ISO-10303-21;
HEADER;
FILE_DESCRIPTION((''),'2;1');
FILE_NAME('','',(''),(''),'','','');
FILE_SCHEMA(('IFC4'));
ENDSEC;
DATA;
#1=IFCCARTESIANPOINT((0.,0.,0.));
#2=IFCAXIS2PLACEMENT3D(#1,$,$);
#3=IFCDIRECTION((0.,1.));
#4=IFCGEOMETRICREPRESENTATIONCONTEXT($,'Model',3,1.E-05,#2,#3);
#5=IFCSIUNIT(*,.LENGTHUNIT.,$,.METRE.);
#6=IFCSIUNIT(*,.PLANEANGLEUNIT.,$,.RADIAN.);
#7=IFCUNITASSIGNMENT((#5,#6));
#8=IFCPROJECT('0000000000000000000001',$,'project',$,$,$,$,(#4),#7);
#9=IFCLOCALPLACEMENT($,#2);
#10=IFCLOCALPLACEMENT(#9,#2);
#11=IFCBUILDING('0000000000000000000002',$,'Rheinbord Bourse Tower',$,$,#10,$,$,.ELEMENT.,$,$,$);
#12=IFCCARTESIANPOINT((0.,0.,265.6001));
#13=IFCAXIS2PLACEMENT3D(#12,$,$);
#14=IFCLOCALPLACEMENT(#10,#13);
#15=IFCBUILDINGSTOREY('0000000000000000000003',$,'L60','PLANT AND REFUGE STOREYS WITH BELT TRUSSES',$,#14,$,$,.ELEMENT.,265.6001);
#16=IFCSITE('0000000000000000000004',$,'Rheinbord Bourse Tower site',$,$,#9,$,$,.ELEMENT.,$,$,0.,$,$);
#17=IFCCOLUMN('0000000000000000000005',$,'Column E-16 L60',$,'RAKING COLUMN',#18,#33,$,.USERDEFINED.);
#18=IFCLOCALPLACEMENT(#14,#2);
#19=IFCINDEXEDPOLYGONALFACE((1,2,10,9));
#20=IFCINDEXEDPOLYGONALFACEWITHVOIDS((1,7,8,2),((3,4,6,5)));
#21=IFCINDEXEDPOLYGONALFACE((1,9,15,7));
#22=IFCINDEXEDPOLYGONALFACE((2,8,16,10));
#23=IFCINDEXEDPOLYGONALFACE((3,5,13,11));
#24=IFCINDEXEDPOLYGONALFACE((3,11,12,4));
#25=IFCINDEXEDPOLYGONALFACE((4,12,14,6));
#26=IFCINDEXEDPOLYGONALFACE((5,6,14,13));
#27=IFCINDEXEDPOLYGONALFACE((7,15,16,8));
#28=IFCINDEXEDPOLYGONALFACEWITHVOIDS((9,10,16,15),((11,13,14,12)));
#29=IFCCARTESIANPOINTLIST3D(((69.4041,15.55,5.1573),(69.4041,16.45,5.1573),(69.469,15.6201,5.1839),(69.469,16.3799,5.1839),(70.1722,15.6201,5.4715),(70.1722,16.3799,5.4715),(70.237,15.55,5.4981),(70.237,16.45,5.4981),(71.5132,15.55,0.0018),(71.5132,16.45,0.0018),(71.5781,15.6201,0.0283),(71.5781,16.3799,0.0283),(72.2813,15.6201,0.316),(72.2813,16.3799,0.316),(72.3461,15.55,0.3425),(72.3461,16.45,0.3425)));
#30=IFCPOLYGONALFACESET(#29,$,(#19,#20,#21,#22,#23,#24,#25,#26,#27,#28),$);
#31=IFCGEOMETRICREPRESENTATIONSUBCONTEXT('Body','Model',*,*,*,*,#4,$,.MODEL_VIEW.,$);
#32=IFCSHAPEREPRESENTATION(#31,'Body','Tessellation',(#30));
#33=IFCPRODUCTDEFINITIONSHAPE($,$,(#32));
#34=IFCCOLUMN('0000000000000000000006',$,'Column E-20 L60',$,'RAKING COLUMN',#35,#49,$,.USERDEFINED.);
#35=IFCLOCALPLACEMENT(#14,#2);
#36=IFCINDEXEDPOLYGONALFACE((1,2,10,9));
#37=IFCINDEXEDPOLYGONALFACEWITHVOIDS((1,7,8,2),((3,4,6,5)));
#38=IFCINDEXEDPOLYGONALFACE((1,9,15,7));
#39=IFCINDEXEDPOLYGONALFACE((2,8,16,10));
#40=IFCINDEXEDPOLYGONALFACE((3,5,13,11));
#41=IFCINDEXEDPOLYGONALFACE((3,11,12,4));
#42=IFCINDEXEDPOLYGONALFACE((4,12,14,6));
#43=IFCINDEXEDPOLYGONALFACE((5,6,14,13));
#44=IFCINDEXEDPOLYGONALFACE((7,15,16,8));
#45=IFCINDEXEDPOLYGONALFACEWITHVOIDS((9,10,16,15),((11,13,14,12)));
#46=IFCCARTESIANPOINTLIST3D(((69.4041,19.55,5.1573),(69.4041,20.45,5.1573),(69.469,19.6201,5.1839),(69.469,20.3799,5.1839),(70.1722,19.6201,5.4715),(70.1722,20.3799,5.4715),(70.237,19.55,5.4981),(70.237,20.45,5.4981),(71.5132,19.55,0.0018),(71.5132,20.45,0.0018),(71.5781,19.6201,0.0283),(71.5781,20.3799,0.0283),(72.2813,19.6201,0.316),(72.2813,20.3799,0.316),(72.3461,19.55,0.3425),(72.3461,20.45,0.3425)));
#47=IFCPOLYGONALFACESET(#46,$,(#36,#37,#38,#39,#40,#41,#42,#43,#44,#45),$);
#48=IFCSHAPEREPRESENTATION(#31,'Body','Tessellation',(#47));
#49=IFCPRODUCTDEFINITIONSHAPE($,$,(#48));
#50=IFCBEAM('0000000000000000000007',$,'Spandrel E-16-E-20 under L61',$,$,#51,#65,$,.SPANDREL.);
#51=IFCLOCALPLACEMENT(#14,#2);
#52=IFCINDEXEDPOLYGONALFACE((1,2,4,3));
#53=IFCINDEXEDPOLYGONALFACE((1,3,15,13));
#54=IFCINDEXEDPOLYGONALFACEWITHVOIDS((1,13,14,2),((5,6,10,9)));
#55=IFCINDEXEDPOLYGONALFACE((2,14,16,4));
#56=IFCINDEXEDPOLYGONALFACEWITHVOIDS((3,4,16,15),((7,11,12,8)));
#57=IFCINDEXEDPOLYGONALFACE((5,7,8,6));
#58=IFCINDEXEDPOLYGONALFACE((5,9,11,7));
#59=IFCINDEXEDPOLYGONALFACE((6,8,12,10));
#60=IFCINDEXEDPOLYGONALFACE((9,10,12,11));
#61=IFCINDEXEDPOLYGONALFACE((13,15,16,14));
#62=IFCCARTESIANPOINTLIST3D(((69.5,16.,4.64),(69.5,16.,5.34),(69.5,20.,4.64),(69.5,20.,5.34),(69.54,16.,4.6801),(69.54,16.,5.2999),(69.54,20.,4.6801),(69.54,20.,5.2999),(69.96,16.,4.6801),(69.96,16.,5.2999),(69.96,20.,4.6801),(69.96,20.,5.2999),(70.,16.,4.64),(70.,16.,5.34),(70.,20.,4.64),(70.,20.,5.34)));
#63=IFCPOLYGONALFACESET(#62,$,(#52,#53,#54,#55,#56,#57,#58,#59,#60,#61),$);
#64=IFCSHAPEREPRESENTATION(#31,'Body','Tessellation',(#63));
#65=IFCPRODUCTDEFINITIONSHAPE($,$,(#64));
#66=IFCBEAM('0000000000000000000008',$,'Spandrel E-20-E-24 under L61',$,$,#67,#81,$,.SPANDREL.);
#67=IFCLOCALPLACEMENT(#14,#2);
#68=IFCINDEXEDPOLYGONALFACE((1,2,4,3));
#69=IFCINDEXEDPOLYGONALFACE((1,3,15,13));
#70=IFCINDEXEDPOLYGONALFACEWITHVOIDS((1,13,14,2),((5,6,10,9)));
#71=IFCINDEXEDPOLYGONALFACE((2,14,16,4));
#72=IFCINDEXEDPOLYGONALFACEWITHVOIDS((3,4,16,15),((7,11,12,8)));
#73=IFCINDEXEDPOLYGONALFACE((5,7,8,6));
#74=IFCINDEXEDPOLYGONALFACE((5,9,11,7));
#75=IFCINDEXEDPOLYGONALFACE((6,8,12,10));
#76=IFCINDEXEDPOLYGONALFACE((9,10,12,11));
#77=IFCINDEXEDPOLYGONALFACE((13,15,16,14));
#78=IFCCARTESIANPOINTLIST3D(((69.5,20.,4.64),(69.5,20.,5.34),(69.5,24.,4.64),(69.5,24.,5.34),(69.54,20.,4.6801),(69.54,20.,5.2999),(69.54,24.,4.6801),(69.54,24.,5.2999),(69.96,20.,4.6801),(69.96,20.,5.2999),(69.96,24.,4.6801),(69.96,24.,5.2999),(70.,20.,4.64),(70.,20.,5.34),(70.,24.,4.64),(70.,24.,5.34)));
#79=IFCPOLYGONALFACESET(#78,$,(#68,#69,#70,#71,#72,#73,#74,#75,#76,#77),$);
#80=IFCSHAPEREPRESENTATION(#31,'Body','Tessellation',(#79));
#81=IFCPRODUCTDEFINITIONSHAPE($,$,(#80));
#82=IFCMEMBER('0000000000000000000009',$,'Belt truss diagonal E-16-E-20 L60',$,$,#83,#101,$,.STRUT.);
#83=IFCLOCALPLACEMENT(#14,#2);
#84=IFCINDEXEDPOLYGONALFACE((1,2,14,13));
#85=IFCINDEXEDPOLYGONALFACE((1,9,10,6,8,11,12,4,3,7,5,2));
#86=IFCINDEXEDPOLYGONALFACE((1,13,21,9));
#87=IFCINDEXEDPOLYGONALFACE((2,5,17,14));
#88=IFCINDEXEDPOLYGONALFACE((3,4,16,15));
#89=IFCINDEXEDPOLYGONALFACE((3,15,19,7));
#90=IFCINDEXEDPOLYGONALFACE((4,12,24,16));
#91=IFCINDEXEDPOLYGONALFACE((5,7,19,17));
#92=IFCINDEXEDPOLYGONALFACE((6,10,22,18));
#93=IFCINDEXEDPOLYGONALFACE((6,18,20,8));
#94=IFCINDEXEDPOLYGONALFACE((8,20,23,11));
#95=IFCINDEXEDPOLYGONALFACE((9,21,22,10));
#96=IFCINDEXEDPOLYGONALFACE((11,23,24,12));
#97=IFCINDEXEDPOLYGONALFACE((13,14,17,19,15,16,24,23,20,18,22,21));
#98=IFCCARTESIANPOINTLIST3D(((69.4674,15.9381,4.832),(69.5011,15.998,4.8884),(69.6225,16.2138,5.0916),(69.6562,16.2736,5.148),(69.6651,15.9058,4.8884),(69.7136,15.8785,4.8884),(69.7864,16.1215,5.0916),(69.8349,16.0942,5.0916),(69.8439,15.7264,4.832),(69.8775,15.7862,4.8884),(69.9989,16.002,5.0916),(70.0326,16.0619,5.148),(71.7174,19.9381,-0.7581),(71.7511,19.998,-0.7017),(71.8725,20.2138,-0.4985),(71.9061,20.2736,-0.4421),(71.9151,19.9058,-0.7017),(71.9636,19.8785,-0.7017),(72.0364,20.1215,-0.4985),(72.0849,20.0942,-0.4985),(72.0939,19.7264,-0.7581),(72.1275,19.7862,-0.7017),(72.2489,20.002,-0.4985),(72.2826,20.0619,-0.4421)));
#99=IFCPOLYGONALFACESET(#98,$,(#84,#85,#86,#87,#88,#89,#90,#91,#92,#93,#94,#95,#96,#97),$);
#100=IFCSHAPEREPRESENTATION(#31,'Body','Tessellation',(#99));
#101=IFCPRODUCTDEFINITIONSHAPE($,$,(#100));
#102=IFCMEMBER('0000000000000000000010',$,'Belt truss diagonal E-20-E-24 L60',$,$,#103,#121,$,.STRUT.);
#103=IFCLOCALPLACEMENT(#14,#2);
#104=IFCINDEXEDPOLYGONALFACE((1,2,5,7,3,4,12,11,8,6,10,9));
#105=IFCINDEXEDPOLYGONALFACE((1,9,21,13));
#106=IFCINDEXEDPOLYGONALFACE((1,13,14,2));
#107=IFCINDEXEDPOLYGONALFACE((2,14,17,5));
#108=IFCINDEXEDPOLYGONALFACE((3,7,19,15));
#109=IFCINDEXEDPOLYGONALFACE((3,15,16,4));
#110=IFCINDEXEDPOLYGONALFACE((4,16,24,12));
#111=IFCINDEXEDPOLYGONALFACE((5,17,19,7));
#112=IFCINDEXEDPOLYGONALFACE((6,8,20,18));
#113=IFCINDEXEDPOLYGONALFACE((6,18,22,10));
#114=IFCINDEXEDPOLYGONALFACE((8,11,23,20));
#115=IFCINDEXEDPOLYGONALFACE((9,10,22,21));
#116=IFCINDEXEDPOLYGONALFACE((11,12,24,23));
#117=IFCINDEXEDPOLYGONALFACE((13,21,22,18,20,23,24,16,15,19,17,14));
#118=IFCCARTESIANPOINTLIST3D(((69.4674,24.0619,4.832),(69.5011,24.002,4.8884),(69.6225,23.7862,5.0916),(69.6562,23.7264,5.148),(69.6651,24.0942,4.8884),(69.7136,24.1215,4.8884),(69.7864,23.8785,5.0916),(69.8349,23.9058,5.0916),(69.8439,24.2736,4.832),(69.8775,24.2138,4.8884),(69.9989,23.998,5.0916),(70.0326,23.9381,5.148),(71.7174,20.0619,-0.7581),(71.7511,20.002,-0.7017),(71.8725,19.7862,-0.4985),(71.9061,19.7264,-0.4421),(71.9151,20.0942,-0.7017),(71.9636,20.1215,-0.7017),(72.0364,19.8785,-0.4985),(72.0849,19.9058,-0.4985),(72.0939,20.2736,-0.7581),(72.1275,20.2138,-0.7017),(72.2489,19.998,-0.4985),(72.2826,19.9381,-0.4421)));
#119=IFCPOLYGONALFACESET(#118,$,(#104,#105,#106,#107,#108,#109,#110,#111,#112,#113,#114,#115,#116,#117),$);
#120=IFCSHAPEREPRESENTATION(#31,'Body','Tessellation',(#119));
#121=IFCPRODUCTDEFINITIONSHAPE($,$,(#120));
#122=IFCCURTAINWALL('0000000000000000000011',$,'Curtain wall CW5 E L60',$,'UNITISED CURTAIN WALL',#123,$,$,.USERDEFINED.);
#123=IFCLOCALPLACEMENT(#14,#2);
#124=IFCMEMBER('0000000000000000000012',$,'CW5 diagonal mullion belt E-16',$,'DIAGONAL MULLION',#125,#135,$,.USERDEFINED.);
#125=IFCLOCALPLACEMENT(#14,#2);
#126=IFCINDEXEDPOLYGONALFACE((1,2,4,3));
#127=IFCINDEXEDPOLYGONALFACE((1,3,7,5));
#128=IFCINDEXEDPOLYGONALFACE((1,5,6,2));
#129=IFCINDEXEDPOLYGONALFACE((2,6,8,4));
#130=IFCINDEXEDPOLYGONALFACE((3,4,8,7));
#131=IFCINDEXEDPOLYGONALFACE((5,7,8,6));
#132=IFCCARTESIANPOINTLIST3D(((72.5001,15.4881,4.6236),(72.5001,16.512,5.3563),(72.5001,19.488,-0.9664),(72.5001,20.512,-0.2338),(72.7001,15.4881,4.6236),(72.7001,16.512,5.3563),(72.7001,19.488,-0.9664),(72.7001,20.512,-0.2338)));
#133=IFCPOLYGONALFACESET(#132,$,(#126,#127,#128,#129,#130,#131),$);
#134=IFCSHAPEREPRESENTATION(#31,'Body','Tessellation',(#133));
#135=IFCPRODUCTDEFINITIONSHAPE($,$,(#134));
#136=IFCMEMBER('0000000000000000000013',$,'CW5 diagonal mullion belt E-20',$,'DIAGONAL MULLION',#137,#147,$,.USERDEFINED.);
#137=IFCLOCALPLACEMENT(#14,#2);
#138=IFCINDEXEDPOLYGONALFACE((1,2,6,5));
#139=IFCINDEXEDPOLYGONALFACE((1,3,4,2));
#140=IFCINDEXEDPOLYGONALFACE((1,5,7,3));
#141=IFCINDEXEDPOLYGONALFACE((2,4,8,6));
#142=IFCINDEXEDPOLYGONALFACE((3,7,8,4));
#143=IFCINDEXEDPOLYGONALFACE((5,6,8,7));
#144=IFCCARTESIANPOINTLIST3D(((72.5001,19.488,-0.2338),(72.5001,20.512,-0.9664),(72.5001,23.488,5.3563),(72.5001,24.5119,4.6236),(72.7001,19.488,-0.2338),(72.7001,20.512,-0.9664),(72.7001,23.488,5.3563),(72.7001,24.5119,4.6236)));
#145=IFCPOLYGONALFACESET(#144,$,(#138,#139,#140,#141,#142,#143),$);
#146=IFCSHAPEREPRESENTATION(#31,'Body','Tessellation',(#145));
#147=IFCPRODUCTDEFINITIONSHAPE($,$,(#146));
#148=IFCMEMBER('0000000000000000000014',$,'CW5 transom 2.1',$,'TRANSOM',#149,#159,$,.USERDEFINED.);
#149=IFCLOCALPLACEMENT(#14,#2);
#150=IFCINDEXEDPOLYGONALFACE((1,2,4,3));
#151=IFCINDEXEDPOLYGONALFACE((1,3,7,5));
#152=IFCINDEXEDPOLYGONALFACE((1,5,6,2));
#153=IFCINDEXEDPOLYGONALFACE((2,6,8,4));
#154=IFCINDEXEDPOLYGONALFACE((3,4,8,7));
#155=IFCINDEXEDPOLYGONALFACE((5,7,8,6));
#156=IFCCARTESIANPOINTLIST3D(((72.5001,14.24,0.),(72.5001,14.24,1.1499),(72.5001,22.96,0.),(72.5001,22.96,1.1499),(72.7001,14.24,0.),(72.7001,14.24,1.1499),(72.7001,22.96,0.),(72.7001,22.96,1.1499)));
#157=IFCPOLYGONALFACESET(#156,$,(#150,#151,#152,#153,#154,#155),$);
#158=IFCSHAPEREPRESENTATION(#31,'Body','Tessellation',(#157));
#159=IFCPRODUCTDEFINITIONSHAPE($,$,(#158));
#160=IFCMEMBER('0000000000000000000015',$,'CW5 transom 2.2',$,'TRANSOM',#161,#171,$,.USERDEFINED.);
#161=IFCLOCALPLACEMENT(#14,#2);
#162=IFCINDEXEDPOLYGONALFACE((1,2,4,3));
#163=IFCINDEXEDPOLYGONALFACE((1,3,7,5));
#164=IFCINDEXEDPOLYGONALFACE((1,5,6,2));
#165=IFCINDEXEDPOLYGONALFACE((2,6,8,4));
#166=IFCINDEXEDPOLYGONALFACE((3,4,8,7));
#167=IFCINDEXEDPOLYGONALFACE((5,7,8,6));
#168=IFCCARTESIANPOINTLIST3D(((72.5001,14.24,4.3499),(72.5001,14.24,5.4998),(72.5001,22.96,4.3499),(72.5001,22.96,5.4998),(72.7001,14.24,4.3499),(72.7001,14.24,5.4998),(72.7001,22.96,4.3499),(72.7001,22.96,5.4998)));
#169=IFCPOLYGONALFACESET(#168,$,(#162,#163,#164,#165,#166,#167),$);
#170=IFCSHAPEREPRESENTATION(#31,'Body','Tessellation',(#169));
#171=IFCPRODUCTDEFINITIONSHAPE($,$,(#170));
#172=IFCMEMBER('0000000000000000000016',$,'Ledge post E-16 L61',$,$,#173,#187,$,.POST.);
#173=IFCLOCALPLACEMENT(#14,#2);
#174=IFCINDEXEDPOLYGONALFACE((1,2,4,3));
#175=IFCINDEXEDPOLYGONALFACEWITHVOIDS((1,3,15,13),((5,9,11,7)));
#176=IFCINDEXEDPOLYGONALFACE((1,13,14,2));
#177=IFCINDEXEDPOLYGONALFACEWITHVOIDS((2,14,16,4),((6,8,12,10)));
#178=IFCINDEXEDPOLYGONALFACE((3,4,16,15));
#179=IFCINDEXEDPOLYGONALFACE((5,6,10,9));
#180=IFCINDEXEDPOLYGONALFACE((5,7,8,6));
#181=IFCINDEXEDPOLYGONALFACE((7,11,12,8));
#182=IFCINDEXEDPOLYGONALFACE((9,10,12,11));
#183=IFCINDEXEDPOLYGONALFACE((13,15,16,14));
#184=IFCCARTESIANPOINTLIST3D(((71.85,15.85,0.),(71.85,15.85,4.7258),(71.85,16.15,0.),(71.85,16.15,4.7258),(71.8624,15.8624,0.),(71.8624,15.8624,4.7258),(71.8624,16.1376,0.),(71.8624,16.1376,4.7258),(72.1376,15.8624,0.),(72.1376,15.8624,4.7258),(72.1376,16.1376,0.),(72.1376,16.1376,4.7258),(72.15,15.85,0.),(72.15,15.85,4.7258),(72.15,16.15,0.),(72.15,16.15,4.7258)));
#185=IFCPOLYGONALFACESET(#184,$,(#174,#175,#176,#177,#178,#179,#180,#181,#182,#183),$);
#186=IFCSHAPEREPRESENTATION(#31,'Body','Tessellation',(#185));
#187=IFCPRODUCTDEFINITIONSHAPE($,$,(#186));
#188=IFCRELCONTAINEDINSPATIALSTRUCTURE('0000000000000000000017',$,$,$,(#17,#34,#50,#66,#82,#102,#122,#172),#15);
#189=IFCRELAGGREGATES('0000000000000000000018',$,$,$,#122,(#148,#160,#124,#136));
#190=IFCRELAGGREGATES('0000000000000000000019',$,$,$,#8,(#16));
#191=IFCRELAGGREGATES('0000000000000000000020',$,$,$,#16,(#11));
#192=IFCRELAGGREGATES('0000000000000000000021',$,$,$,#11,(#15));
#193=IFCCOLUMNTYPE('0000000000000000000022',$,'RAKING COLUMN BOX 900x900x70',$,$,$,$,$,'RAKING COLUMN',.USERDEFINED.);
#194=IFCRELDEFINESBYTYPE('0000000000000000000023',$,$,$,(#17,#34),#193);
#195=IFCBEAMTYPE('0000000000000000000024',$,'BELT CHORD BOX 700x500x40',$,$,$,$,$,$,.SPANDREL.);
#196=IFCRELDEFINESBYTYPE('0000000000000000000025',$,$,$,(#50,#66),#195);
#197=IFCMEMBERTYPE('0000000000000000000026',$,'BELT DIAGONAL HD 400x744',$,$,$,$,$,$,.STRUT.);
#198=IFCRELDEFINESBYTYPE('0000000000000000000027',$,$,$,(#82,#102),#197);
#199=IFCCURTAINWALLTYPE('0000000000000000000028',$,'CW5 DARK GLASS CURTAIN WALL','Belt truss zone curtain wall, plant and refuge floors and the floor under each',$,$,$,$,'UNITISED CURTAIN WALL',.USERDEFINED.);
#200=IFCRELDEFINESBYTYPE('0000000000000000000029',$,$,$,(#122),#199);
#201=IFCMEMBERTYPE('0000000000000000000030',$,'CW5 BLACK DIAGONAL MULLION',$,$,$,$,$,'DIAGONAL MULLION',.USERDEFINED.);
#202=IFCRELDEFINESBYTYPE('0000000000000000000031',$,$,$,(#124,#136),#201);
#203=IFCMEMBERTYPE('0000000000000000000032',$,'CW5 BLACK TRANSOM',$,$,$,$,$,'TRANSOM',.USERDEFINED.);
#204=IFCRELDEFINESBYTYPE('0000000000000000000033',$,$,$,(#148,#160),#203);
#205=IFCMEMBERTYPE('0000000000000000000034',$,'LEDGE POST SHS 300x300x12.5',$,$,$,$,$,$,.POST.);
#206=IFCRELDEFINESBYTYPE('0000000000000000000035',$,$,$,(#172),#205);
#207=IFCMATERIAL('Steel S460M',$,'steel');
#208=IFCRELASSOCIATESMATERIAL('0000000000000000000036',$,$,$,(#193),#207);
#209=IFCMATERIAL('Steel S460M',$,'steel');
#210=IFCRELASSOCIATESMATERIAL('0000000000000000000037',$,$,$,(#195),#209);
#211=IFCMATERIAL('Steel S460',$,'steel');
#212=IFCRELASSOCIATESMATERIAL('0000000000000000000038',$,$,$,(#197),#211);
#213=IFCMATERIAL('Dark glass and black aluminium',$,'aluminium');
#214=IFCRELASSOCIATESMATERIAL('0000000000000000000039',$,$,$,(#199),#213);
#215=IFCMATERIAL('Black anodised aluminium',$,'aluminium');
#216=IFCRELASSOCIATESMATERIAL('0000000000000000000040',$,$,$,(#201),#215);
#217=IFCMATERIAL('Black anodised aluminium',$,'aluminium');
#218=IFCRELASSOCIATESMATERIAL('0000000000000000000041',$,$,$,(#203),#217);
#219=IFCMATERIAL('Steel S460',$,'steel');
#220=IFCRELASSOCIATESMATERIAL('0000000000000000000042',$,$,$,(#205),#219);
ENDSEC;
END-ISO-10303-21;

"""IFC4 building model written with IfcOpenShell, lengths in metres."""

from ifc_helpers import new_model, si_unit, direction, frame, origin, origin_2d, place, context, subcontext, project, spatial, rectangle, hollow_rectangle, i_section, extrude, material, material_profile, profile_set, type_object, element, aggregate, save


model = new_model("IFC4")

# Units and contexts
model_context = context("Model", 3, precision=1e-05, world=origin(), true_north=direction((0.0, 1.0)))
body_context = subcontext(model_context, "Body", "Model", "MODEL_VIEW")
ifc_project = project(units=[si_unit("LENGTHUNIT", "METRE"), si_unit("PLANEANGLEUNIT", "RADIAN")], contexts=[model_context])

# Site, building, storey
site_placement = place(None, origin())
site = spatial("IfcSite", under=ifc_project, at=site_placement, Name="Rheinbord Bourse Tower site", CompositionType="ELEMENT", RefElevation=0.0)
building_placement = place(site_placement, origin())
building = spatial("IfcBuilding", under=site, at=building_placement, Name="Rheinbord Bourse Tower", CompositionType="ELEMENT")
storey_placement = place(building_placement, frame((0.0, 0.0, 265.6001)))
storey = spatial("IfcBuildingStorey", under=building, at=storey_placement, Name="L60", Description="PLANT AND REFUGE STOREYS WITH BELT TRUSSES", CompositionType="ELEMENT", Elevation=265.6001)

# Columns
ifc_material_1 = material(Name="Steel S460M", Category="steel")
ifc_material_profile_1 = material_profile(ifc_material_1, hollow_rectangle(XDim=0.8999, YDim=0.8999, WallThickness=0.0701, at=origin_2d()), Name="BOX 900x900x70")
ifc_profile_set_1 = profile_set([ifc_material_profile_1], Name="Steel S460M")
column_type = type_object("IfcColumnType", Name="RAKING COLUMN BOX 900x900x70", ElementType="RAKING COLUMN", PredefinedType="USERDEFINED", material=ifc_profile_set_1)
for number, where, z_axis, x_axis, name in (
    (1, (71.9297, 16.0, 0.1721), (-0.378633, 0.0, 0.925547), (0.925547, 0.0, 0.378633), "Column E-16 L60"),
    (2, (71.9297, 20.0, 0.1721), (-0.378633, 0.0, 0.925547), (0.925547, 0.0, 0.378633), "Column E-20 L60"),
):
    element("IfcColumn", number, at=place(storey_placement, frame(where, z_axis=z_axis, x_axis=x_axis)), inside=storey, type_object=column_type, Name=name, ObjectType="RAKING COLUMN", PredefinedType="USERDEFINED", context=body_context, shape_type="SweptSolid", body=[
        extrude(hollow_rectangle(XDim=0.8999, YDim=0.8999, WallThickness=0.0701, at=origin_2d()), origin(), (0.0, 0.0, 1.0), 5.5703),
    ])

# Beams
ifc_material_2 = material(Name="Steel S460M", Category="steel")
ifc_material_profile_2 = material_profile(ifc_material_2, hollow_rectangle(XDim=0.5, YDim=0.7, WallThickness=0.04, at=origin_2d()), Name="BOX 700x500x40")
ifc_profile_set_2 = profile_set([ifc_material_profile_2], Name="Steel S460M")
beam_type_1 = type_object("IfcBeamType", Name="BELT CHORD BOX 700x500x40", PredefinedType="SPANDREL", material=ifc_profile_set_2)
for number, where, z_axis, x_axis, name in (
    (3, (69.75, 16.0, 4.99), (0.0, 1.0, 0.0), (-1.0, 0.0, 0.0), "Spandrel E-16-E-20 under L61"),
    (4, (69.75, 20.0, 4.99), (0.0, 1.0, 0.0), (-1.0, 0.0, 0.0), "Spandrel E-20-E-24 under L61"),
):
    element("IfcBeam", number, at=place(storey_placement, frame(where, z_axis=z_axis, x_axis=x_axis)), inside=storey, type_object=beam_type_1, Name=name, PredefinedType="SPANDREL", context=body_context, shape_type="SweptSolid", body=[
        extrude(hollow_rectangle(XDim=0.5, YDim=0.7, WallThickness=0.04, at=origin_2d()), origin(), (0.0, 0.0, 1.0), 4.0),
    ])

# Members
ifc_material_3 = material(Name="Steel S460", Category="steel")
ifc_material_profile_3 = material_profile(ifc_material_3, i_section(OverallWidth=0.4319, OverallDepth=0.498, WebThickness=0.0557, FlangeThickness=0.0889, at=origin_2d()), Name="HD 400x744")
ifc_profile_set_3 = profile_set([ifc_material_profile_3], Name="Steel S460")
member_type_1 = type_object("IfcMemberType", Name="BELT DIAGONAL HD 400x744", PredefinedType="STRUT", material=ifc_profile_set_3)
for number, where, z_axis, x_axis, name in (
    (5, (72.0, 20.0, -0.6001), (-0.311088, -0.553046, 0.772894), (0.871576, -0.490261, 0.0), "Belt truss diagonal E-16-E-20 L60"),
    (6, (72.0, 20.0, -0.6001), (-0.311088, 0.553046, 0.772894), (-0.871576, -0.490261, 0.0), "Belt truss diagonal E-20-E-24 L60"),
):
    element("IfcMember", number, at=place(storey_placement, frame(where, z_axis=z_axis, x_axis=x_axis)), inside=storey, type_object=member_type_1, Name=name, PredefinedType="STRUT", context=body_context, shape_type="SweptSolid", body=[
        extrude(i_section(OverallWidth=0.4319, OverallDepth=0.498, WebThickness=0.0557, FlangeThickness=0.0889, at=origin_2d()), origin(), (0.0, 0.0, 1.0), 7.2327),
    ])

# Curtain wall, members
ifc_material_4 = material(Name="Dark glass and black aluminium", Category="aluminium")
curtain_wall_type = type_object("IfcCurtainWallType", Name="CW5 DARK GLASS CURTAIN WALL", Description="Belt truss zone curtain wall, plant and refuge floors and the floor under each", ElementType="UNITISED CURTAIN WALL", PredefinedType="USERDEFINED", material=ifc_material_4)
curtain_wall_placement = place(storey_placement, origin())
curtain_wall = element("IfcCurtainWall", 7, at=curtain_wall_placement, inside=storey, type_object=curtain_wall_type, Name="Curtain wall CW5 E L60", ObjectType="UNITISED CURTAIN WALL", PredefinedType="USERDEFINED")
ifc_material_5 = material(Name="Black anodised aluminium", Category="aluminium")
ifc_material_profile_4 = material_profile(ifc_material_5, rectangle(XDim=0.2, YDim=1.259, at=origin_2d()), Name="CW5 DIAGONAL MULLION 1259x200")
ifc_profile_set_4 = profile_set([ifc_material_profile_4], Name="Black anodised aluminium")
member_type_2 = type_object("IfcMemberType", Name="CW5 BLACK DIAGONAL MULLION", ElementType="DIAGONAL MULLION", PredefinedType="USERDEFINED", material=ifc_profile_set_4)
member_1_placement = place(storey_placement, frame((72.6001, 20.0, -0.6001), z_axis=(0.0, -0.58192, 0.813246), x_axis=(1.0, 0.0, 0.0)))
member_1 = element("IfcMember", 8, at=member_1_placement, type_object=member_type_2, Name="CW5 diagonal mullion belt E-16", ObjectType="DIAGONAL MULLION", PredefinedType="USERDEFINED", context=body_context, shape_type="SweptSolid", body=[
    extrude(rectangle(XDim=0.2, YDim=1.259, at=origin_2d()), origin(), (0.0, 0.0, 1.0), 6.8738),
])
member_2_placement = place(storey_placement, frame((72.6001, 20.0, -0.6001), z_axis=(0.0, 0.58192, 0.813246), x_axis=(-1.0, 0.0, 0.0)))
member_2 = element("IfcMember", 9, at=member_2_placement, type_object=member_type_2, Name="CW5 diagonal mullion belt E-20", ObjectType="DIAGONAL MULLION", PredefinedType="USERDEFINED", context=body_context, shape_type="SweptSolid", body=[
    extrude(rectangle(XDim=0.2, YDim=1.259, at=origin_2d()), origin(), (0.0, 0.0, 1.0), 6.8738),
])
ifc_material_6 = material(Name="Black anodised aluminium", Category="aluminium")
ifc_material_profile_5 = material_profile(ifc_material_6, rectangle(XDim=0.2, YDim=1.1499, at=origin_2d()), Name="CW5 TRANSOM 1150x200")
ifc_profile_set_5 = profile_set([ifc_material_profile_5], Name="Black anodised aluminium")
member_type_3 = type_object("IfcMemberType", Name="CW5 BLACK TRANSOM", ElementType="TRANSOM", PredefinedType="USERDEFINED", material=ifc_profile_set_5)
member_3_placement = place(storey_placement, frame((72.6001, 14.24, 0.575), z_axis=(0.0, 1.0, 0.0), x_axis=(-1.0, 0.0, 0.0)))
member_3 = element("IfcMember", 10, at=member_3_placement, type_object=member_type_3, Name="CW5 transom 2.1", ObjectType="TRANSOM", PredefinedType="USERDEFINED", context=body_context, shape_type="SweptSolid", body=[
    extrude(rectangle(XDim=0.2, YDim=1.1499, at=origin_2d()), origin(), (0.0, 0.0, 1.0), 8.72),
])
member_4_placement = place(storey_placement, frame((72.6001, 14.24, 4.9248), z_axis=(0.0, 1.0, 0.0), x_axis=(-1.0, 0.0, 0.0)))
member_4 = element("IfcMember", 11, at=member_4_placement, type_object=member_type_3, Name="CW5 transom 2.2", ObjectType="TRANSOM", PredefinedType="USERDEFINED", context=body_context, shape_type="SweptSolid", body=[
    extrude(rectangle(XDim=0.2, YDim=1.1499, at=origin_2d()), origin(), (0.0, 0.0, 1.0), 8.72),
])

# Member
ifc_material_7 = material(Name="Steel S460", Category="steel")
ifc_material_profile_6 = material_profile(ifc_material_7, hollow_rectangle(XDim=0.3, YDim=0.3, WallThickness=0.0125, at=origin_2d()), Name="SHS 300x300x12.5")
ifc_profile_set_6 = profile_set([ifc_material_profile_6], Name="Steel S460")
member_type_4 = type_object("IfcMemberType", Name="LEDGE POST SHS 300x300x12.5", PredefinedType="POST", material=ifc_profile_set_6)
for number, where, z_axis, x_axis, name in (
    (12, (72.0, 16.0, 0.0), (0.0, 0.0, 1.0), (1.0, 0.0, 0.0), "Ledge post E-16 L61"),
):
    element("IfcMember", number, at=place(storey_placement, frame(where, z_axis=z_axis, x_axis=x_axis)), inside=storey, type_object=member_type_4, Name=name, PredefinedType="POST", context=body_context, shape_type="SweptSolid", body=[
        extrude(hollow_rectangle(XDim=0.3, YDim=0.3, WallThickness=0.0125, at=origin_2d()), origin(), (0.0, 0.0, 1.0), 4.7258),
    ])

aggregate(curtain_wall, [member_3, member_4, member_1, member_2])

save(model, "model.ifc")
